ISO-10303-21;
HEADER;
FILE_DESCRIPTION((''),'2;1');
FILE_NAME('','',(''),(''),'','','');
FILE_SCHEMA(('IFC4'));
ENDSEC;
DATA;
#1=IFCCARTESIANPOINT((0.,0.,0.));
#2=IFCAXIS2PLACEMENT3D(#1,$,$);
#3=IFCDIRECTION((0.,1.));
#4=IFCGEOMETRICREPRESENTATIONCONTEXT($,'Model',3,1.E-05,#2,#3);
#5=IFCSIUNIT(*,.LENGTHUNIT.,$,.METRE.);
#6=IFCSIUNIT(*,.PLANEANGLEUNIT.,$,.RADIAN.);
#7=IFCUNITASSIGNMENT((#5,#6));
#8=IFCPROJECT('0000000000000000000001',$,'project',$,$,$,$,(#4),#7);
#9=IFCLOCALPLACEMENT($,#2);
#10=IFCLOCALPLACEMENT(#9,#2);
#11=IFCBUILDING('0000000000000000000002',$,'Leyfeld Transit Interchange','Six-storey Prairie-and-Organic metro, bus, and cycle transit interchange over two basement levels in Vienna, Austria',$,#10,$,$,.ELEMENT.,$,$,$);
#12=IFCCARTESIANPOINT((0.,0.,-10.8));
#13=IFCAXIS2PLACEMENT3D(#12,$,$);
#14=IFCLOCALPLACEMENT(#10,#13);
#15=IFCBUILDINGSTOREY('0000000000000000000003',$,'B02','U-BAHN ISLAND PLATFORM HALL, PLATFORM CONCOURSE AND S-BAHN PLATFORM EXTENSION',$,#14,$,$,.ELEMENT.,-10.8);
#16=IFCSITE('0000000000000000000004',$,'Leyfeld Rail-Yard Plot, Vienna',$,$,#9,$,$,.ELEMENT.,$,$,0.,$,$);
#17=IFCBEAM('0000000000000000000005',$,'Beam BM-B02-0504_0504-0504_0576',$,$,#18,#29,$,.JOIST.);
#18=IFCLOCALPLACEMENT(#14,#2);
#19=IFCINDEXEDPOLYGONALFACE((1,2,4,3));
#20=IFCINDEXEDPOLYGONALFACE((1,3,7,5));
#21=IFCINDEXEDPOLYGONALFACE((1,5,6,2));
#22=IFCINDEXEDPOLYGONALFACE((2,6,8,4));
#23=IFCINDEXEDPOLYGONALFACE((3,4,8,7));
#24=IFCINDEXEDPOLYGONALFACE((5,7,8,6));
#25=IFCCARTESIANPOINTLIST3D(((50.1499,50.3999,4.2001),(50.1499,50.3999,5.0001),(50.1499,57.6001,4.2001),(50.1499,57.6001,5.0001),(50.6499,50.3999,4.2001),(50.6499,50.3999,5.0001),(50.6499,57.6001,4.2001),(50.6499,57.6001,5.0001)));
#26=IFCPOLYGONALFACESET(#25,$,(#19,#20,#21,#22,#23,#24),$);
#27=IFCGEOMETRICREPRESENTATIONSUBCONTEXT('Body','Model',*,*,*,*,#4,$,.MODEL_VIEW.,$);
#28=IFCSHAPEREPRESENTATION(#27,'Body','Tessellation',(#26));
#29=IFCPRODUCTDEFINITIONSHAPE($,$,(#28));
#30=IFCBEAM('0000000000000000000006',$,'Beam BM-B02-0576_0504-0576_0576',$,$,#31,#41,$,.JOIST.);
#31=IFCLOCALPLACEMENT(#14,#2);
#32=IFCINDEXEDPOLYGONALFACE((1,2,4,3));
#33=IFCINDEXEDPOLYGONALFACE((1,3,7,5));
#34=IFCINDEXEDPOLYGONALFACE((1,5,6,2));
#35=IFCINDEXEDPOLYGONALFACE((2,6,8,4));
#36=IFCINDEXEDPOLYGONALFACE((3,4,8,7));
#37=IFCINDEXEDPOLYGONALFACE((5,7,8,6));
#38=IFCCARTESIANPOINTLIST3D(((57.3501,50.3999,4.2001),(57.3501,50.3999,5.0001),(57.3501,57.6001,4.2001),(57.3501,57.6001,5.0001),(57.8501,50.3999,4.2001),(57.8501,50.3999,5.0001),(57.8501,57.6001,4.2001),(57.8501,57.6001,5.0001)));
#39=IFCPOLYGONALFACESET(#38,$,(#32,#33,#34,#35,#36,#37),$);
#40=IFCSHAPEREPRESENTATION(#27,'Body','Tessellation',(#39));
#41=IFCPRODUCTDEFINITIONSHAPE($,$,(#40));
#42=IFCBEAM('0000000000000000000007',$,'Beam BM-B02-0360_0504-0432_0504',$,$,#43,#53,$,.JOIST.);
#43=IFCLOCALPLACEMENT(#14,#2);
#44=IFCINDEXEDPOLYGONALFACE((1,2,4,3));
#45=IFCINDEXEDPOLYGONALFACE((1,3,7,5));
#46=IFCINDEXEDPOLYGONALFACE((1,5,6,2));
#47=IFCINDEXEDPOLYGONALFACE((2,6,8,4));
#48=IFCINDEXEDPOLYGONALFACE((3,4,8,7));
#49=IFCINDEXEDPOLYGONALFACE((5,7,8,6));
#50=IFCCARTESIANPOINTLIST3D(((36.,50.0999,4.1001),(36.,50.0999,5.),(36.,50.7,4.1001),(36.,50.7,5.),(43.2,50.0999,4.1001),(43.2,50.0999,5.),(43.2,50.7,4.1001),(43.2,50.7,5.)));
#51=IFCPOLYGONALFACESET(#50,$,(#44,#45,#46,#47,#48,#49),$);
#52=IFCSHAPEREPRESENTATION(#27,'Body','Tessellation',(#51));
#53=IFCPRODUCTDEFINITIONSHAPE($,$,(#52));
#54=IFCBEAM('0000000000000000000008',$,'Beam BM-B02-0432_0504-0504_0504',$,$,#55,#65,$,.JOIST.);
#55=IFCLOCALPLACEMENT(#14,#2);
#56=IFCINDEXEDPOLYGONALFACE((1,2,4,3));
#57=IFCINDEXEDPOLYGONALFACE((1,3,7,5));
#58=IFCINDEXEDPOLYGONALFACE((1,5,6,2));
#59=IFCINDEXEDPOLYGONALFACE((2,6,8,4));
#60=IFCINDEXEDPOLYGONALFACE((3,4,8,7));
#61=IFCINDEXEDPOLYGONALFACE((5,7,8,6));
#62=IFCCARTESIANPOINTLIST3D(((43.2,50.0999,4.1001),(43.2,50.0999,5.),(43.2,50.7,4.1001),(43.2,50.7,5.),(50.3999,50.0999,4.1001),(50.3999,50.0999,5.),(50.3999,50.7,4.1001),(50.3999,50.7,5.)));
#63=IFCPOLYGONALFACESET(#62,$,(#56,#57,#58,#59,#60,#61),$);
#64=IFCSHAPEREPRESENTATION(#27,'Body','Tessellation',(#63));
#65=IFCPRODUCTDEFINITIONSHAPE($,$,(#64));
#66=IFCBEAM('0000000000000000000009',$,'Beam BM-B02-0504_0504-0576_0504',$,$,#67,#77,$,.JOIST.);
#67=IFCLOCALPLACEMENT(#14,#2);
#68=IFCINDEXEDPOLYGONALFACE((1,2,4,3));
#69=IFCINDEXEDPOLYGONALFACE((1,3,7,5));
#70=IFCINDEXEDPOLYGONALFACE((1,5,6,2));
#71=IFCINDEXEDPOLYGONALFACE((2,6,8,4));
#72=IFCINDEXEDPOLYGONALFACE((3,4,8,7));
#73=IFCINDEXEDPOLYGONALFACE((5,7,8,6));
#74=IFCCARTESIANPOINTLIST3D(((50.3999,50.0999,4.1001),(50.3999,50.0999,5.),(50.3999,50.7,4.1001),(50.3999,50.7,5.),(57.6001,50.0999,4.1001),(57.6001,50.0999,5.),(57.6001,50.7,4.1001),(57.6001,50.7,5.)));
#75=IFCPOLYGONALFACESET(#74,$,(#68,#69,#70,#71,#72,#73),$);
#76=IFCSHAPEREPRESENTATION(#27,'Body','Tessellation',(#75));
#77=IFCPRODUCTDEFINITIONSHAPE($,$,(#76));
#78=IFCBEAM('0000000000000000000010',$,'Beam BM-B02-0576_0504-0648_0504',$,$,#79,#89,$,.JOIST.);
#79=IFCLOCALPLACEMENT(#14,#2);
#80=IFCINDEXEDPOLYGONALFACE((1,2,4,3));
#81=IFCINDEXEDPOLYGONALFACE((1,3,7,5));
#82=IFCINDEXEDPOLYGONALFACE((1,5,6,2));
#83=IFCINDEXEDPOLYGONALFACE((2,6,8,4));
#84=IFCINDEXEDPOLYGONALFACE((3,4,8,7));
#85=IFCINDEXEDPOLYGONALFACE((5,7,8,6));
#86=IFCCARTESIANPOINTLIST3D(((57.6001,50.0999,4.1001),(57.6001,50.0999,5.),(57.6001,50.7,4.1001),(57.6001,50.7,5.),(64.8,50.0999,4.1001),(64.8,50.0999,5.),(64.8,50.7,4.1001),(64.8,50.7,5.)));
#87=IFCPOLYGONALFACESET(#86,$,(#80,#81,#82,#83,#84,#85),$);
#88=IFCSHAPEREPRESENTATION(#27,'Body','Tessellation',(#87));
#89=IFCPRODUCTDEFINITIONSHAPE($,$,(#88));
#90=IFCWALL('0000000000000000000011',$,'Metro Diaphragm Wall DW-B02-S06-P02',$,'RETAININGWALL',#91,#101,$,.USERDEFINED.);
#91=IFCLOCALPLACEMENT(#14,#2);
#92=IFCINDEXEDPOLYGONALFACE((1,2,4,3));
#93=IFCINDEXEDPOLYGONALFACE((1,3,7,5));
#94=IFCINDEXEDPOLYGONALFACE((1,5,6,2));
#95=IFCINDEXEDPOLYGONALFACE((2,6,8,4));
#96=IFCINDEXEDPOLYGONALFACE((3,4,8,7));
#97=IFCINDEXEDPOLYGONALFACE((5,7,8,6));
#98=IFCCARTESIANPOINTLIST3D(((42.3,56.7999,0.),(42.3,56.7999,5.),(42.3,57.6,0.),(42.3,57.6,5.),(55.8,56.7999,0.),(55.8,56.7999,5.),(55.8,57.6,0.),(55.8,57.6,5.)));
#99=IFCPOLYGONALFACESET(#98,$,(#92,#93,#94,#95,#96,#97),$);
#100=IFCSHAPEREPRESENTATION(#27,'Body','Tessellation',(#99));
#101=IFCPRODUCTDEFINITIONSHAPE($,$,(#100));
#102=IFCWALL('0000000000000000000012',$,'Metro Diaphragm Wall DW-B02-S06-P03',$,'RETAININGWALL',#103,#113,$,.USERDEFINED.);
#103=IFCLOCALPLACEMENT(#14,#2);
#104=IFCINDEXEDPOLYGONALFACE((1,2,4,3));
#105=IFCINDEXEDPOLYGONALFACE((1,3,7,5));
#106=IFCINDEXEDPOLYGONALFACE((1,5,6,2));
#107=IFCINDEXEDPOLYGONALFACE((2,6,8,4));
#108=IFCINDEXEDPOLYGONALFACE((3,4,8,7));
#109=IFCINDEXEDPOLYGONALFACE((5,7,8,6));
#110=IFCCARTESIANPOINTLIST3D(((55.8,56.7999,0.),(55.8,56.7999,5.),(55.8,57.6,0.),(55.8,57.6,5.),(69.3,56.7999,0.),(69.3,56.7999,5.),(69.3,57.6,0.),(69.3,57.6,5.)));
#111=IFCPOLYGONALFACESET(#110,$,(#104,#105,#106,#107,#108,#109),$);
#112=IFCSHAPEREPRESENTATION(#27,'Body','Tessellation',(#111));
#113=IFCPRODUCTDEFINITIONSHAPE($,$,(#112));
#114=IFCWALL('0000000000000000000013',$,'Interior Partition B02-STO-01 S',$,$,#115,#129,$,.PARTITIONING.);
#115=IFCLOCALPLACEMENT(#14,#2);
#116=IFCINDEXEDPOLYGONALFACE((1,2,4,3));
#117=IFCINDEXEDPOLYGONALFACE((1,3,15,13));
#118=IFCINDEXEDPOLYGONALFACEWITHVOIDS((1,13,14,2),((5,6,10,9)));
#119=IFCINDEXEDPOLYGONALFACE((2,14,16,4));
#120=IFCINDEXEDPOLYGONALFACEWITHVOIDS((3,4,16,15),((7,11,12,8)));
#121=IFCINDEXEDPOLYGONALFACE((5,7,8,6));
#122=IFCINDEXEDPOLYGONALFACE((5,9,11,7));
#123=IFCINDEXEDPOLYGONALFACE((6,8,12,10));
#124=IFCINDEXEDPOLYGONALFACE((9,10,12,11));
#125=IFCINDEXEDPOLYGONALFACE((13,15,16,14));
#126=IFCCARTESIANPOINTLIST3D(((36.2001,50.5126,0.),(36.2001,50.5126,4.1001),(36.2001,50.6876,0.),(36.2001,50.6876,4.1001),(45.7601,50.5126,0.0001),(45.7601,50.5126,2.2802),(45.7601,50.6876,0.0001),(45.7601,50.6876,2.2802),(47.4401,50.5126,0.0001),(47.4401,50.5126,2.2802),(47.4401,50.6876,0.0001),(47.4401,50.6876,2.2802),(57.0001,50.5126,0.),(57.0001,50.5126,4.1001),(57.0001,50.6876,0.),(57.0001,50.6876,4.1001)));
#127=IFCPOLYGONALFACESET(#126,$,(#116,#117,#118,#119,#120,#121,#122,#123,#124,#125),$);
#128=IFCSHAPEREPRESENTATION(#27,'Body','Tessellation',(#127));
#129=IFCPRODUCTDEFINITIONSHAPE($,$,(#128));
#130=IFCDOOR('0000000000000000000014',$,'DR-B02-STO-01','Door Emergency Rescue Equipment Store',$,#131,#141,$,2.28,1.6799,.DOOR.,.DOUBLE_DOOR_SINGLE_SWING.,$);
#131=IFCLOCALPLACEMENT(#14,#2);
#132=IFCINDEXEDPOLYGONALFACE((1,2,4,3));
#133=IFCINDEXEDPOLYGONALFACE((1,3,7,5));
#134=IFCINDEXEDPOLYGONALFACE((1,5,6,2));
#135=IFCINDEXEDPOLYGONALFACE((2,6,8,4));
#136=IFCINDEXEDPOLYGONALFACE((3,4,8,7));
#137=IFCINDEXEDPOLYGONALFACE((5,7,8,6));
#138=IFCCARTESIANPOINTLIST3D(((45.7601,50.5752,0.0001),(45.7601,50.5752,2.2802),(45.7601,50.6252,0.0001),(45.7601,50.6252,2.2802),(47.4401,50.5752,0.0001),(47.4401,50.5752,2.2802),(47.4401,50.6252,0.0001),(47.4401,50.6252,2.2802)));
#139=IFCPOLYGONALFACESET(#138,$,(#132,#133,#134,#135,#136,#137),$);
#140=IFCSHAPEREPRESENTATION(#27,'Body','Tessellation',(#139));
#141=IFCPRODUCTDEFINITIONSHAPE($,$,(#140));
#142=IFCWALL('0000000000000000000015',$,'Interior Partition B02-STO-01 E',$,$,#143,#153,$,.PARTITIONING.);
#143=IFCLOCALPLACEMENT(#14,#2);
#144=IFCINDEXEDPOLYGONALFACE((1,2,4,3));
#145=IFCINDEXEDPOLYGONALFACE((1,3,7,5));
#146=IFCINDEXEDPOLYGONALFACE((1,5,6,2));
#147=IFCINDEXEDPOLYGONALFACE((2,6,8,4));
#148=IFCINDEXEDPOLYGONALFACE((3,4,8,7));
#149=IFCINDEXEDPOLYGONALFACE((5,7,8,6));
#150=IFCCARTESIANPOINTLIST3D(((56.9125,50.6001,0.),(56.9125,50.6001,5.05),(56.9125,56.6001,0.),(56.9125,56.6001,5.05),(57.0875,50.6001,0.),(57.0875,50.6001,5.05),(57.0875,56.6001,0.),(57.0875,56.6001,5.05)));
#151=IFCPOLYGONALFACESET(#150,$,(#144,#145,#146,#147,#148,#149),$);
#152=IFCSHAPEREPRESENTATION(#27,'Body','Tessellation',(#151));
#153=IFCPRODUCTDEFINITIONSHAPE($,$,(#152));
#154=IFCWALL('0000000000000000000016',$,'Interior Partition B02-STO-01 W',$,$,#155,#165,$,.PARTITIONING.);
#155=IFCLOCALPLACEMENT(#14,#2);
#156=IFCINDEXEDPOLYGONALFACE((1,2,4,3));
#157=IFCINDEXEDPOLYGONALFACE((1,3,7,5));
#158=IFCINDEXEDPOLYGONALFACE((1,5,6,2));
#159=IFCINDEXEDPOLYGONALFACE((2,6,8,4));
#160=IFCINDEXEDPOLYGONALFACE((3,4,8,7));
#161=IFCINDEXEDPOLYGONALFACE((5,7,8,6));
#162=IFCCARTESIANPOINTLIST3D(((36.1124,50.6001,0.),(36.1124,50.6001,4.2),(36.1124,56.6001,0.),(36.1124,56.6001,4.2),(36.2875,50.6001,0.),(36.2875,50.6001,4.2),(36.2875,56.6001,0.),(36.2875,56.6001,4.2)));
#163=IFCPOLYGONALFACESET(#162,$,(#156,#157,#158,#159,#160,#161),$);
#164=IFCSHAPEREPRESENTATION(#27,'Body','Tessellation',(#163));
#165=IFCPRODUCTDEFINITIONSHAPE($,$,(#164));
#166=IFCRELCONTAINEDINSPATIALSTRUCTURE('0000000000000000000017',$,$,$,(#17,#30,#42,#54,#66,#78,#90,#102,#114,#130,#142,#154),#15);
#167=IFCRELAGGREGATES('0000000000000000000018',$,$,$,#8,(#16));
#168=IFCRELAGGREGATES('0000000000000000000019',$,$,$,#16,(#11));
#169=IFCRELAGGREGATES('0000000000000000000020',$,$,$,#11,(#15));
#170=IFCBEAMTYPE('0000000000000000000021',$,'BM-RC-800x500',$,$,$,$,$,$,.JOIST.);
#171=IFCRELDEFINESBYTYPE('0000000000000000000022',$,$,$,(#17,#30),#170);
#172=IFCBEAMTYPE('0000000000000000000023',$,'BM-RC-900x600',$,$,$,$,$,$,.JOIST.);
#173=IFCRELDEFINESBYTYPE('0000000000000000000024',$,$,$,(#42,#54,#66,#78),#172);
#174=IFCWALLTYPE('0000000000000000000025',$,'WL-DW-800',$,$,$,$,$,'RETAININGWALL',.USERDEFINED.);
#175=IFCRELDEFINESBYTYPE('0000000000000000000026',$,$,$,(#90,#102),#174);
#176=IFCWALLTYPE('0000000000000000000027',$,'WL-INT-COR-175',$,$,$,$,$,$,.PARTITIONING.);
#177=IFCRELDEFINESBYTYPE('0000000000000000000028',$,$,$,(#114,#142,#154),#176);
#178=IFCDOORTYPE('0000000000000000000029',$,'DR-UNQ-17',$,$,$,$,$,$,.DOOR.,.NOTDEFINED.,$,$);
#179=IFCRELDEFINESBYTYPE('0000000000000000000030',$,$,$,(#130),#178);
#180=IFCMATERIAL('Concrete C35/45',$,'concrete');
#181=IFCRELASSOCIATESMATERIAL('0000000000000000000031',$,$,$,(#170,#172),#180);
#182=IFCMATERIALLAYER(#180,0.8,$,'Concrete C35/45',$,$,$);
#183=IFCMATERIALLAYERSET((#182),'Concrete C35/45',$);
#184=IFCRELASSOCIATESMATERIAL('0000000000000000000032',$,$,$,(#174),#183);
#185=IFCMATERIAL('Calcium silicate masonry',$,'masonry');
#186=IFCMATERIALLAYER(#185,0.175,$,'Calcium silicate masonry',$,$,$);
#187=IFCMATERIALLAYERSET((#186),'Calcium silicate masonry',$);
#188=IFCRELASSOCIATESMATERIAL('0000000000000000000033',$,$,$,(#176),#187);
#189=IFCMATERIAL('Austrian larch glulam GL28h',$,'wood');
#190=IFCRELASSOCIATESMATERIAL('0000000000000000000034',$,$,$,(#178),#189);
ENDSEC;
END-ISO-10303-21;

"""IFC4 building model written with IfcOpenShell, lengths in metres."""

from ifc_helpers import new_model, si_unit, direction, frame, frame_2d, origin, origin_2d, place, context, subcontext, project, spatial, rectangle, extrude, material, layer, layer_set, material_profile, profile_set, type_object, element, fill, save


model = new_model("IFC4")

# Units and contexts
model_context = context("Model", 3, precision=1e-05, world=origin(), true_north=direction((0.0, 1.0)))
body_context = subcontext(model_context, "Body", "Model", "MODEL_VIEW")
ifc_project = project(units=[si_unit("LENGTHUNIT", "METRE"), si_unit("PLANEANGLEUNIT", "RADIAN")], contexts=[model_context])

# Site, building, storey
site_placement = place(None, origin())
site = spatial("IfcSite", under=ifc_project, at=site_placement, Name="Leyfeld Rail-Yard Plot, Vienna", CompositionType="ELEMENT", RefElevation=0.0)
building_placement = place(site_placement, origin())
building = spatial("IfcBuilding", under=site, at=building_placement, Name="Leyfeld Transit Interchange", Description="Six-storey Prairie-and-Organic metro, bus, and cycle transit interchange over two basement levels in Vienna, Austria", CompositionType="ELEMENT")
storey_placement = place(building_placement, frame((0.0, 0.0, -10.8)))
storey = spatial("IfcBuildingStorey", under=building, at=storey_placement, Name="B02", Description="U-BAHN ISLAND PLATFORM HALL, PLATFORM CONCOURSE AND S-BAHN PLATFORM EXTENSION", CompositionType="ELEMENT", Elevation=-10.8)

# Shared definitions
ifc_material_1 = material(Name="Concrete C35/45", Category="concrete")

# Beams
ifc_material_profile_1 = material_profile(ifc_material_1, rectangle(XDim=0.5, YDim=0.8, at=origin_2d()), Name="RC 800x500")
ifc_profile_set_1 = profile_set([ifc_material_profile_1], Name="Concrete C35/45")
beam_type_1 = type_object("IfcBeamType", Name="BM-RC-800x500", PredefinedType="JOIST", material=ifc_profile_set_1)
for number, where, z_axis, x_axis, name in (
    (1, (50.3999, 50.3999, 4.6001), (0.0, 1.0, 0.0), (-1.0, 0.0, 0.0), "Beam BM-B02-0504_0504-0504_0576"),
    (2, (57.6001, 50.3999, 4.6001), (0.0, 1.0, 0.0), (-1.0, 0.0, 0.0), "Beam BM-B02-0576_0504-0576_0576"),
):
    element("IfcBeam", number, at=place(storey_placement, frame(where, z_axis=z_axis, x_axis=x_axis)), inside=storey, type_object=beam_type_1, Name=name, PredefinedType="JOIST", context=body_context, shape_type="SweptSolid", body=[
        extrude(rectangle(XDim=0.5, YDim=0.8, at=origin_2d()), origin(), (0.0, 0.0, 1.0), 7.2002),
    ])
ifc_material_profile_2 = material_profile(ifc_material_1, rectangle(XDim=0.6001, YDim=0.8999, at=origin_2d()), Name="RC 900x600")
ifc_profile_set_2 = profile_set([ifc_material_profile_2], Name="Concrete C35/45")
beam_type_2 = type_object("IfcBeamType", Name="BM-RC-900x600", PredefinedType="JOIST", material=ifc_profile_set_2)
for number, where, z_axis, x_axis, name in (
    (3, (36.0, 50.3999, 4.55), (1.0, 0.0, 0.0), (0.0, 1.0, 0.0), "Beam BM-B02-0360_0504-0432_0504"),
    (4, (43.2, 50.3999, 4.55), (1.0, 0.0, 0.0), (0.0, 1.0, 0.0), "Beam BM-B02-0432_0504-0504_0504"),
):
    element("IfcBeam", number, at=place(storey_placement, frame(where, z_axis=z_axis, x_axis=x_axis)), inside=storey, type_object=beam_type_2, Name=name, PredefinedType="JOIST", context=body_context, shape_type="SweptSolid", body=[
        extrude(rectangle(XDim=0.6001, YDim=0.8999, at=origin_2d()), origin(), (0.0, 0.0, 1.0), 7.2),
    ])
beam_1_placement = place(storey_placement, frame((50.3999, 50.3999, 4.55), z_axis=(1.0, 0.0, 0.0), x_axis=(0.0, 1.0, 0.0)))
element("IfcBeam", 5, at=beam_1_placement, inside=storey, type_object=beam_type_2, Name="Beam BM-B02-0504_0504-0576_0504", PredefinedType="JOIST", context=body_context, shape_type="SweptSolid", body=[
    extrude(rectangle(XDim=0.6001, YDim=0.8999, at=origin_2d()), origin(), (0.0, 0.0, 1.0), 7.2002),
])
beam_2_placement = place(storey_placement, frame((57.6001, 50.3999, 4.55), z_axis=(1.0, 0.0, 0.0), x_axis=(0.0, 1.0, 0.0)))
element("IfcBeam", 6, at=beam_2_placement, inside=storey, type_object=beam_type_2, Name="Beam BM-B02-0576_0504-0648_0504", PredefinedType="JOIST", context=body_context, shape_type="SweptSolid", body=[
    extrude(rectangle(XDim=0.6001, YDim=0.8999, at=origin_2d()), origin(), (0.0, 0.0, 1.0), 7.2),
])

# Walls
ifc_layer_1 = layer(ifc_material_1, 0.8, Name="Concrete C35/45")
ifc_layer_set_1 = layer_set([ifc_layer_1], Name="Concrete C35/45")
wall_type_1 = type_object("IfcWallType", Name="WL-DW-800", ElementType="RETAININGWALL", PredefinedType="USERDEFINED", material=ifc_layer_set_1)
for number, where, z_axis, x_axis, name in (
    (7, (42.3, 57.2, 0.0), (0.0, 0.0, 1.0), (1.0, 0.0, 0.0), "Metro Diaphragm Wall DW-B02-S06-P02"),
    (8, (55.8, 57.2, 0.0), (0.0, 0.0, 1.0), (1.0, 0.0, 0.0), "Metro Diaphragm Wall DW-B02-S06-P03"),
):
    element("IfcWall", number, at=place(storey_placement, frame(where, z_axis=z_axis, x_axis=x_axis)), inside=storey, type_object=wall_type_1, Name=name, ObjectType="RETAININGWALL", PredefinedType="USERDEFINED", context=body_context, shape_type="SweptSolid", body=[
        extrude(rectangle(XDim=13.5, YDim=0.8, at=frame_2d((6.75, 0.0))), origin(), (0.0, 0.0, 1.0), 5.0),
    ])

# Wall, opening, door
ifc_material_2 = material(Name="Calcium silicate masonry", Category="masonry")
ifc_layer_2 = layer(ifc_material_2, 0.175, Name="Calcium silicate masonry")
ifc_layer_set_2 = layer_set([ifc_layer_2], Name="Calcium silicate masonry")
wall_type_2 = type_object("IfcWallType", Name="WL-INT-COR-175", PredefinedType="PARTITIONING", material=ifc_layer_set_2)
wall_1_placement = place(storey_placement, frame((57.0, 50.6001, 0.0), z_axis=(0.0, 0.0, 1.0), x_axis=(-1.0, 0.0, 0.0)))
wall_1 = element("IfcWall", 9, at=wall_1_placement, inside=storey, type_object=wall_type_2, Name="Interior Partition B02-STO-01 S", PredefinedType="PARTITIONING", context=body_context, shape_type="SweptSolid", body=[
    extrude(rectangle(XDim=20.8, YDim=0.175, at=frame_2d((10.3999, 0.0))), origin(), (0.0, 0.0, 1.0), 4.1001),
])
opening_1_placement = place(wall_1_placement, frame((9.5601, 0.0, 0.0)))
opening_1 = element("IfcOpeningElement", 10, at=opening_1_placement, cuts=wall_1, PredefinedType="OPENING", context=body_context, shape_type="SweptSolid", body=[
    extrude(rectangle(XDim=1.6799, YDim=2.28, at=frame_2d((0.8398, 1.1401))), frame((0.0, 0.0974, 0.0), z_axis=(0.0, -1.0, 0.0), x_axis=(1.0, 0.0, 0.0)), (0.0, 0.0, 1.0), 0.1951),
])
ifc_material_3 = material(Name="Austrian larch glulam GL28h", Category="wood")
door_type = type_object("IfcDoorType", Name="DR-UNQ-17", OperationType="NOTDEFINED", PredefinedType="DOOR", material=ifc_material_3)
door_1_placement = place(opening_1_placement, origin())
door_1 = element("IfcDoor", 11, at=door_1_placement, inside=storey, type_object=door_type, Name="DR-B02-STO-01", Description="Door Emergency Rescue Equipment Store", OperationType="DOUBLE_DOOR_SINGLE_SWING", OverallHeight=2.28, OverallWidth=1.6799, PredefinedType="DOOR", context=body_context, shape_type="SweptSolid", body=[
    extrude(rectangle(XDim=1.6799, YDim=2.28, at=frame_2d((0.8398, 1.1401))), frame((0.0, 0.0249, 0.0), z_axis=(0.0, -1.0, 0.0), x_axis=(1.0, 0.0, 0.0)), (0.0, 0.0, 1.0), 0.05),
])
fill(opening_1, door_1)

# Walls
wall_2_placement = place(storey_placement, frame((57.0, 56.6001, 0.0), z_axis=(0.0, 0.0, 1.0), x_axis=(0.0, -1.0, 0.0)))
element("IfcWall", 12, at=wall_2_placement, inside=storey, type_object=wall_type_2, Name="Interior Partition B02-STO-01 E", PredefinedType="PARTITIONING", context=body_context, shape_type="SweptSolid", body=[
    extrude(rectangle(XDim=6.0, YDim=0.175, at=frame_2d((3.0, 0.0))), origin(), (0.0, 0.0, 1.0), 5.05),
])
wall_3_placement = place(storey_placement, frame((36.2, 50.6001, 0.0), z_axis=(0.0, 0.0, 1.0), x_axis=(0.0, 1.0, 0.0)))
element("IfcWall", 13, at=wall_3_placement, inside=storey, type_object=wall_type_2, Name="Interior Partition B02-STO-01 W", PredefinedType="PARTITIONING", context=body_context, shape_type="SweptSolid", body=[
    extrude(rectangle(XDim=6.0, YDim=0.175, at=frame_2d((3.0, 0.0))), origin(), (0.0, 0.0, 1.0), 4.2),
])

save(model, "model.ifc")
